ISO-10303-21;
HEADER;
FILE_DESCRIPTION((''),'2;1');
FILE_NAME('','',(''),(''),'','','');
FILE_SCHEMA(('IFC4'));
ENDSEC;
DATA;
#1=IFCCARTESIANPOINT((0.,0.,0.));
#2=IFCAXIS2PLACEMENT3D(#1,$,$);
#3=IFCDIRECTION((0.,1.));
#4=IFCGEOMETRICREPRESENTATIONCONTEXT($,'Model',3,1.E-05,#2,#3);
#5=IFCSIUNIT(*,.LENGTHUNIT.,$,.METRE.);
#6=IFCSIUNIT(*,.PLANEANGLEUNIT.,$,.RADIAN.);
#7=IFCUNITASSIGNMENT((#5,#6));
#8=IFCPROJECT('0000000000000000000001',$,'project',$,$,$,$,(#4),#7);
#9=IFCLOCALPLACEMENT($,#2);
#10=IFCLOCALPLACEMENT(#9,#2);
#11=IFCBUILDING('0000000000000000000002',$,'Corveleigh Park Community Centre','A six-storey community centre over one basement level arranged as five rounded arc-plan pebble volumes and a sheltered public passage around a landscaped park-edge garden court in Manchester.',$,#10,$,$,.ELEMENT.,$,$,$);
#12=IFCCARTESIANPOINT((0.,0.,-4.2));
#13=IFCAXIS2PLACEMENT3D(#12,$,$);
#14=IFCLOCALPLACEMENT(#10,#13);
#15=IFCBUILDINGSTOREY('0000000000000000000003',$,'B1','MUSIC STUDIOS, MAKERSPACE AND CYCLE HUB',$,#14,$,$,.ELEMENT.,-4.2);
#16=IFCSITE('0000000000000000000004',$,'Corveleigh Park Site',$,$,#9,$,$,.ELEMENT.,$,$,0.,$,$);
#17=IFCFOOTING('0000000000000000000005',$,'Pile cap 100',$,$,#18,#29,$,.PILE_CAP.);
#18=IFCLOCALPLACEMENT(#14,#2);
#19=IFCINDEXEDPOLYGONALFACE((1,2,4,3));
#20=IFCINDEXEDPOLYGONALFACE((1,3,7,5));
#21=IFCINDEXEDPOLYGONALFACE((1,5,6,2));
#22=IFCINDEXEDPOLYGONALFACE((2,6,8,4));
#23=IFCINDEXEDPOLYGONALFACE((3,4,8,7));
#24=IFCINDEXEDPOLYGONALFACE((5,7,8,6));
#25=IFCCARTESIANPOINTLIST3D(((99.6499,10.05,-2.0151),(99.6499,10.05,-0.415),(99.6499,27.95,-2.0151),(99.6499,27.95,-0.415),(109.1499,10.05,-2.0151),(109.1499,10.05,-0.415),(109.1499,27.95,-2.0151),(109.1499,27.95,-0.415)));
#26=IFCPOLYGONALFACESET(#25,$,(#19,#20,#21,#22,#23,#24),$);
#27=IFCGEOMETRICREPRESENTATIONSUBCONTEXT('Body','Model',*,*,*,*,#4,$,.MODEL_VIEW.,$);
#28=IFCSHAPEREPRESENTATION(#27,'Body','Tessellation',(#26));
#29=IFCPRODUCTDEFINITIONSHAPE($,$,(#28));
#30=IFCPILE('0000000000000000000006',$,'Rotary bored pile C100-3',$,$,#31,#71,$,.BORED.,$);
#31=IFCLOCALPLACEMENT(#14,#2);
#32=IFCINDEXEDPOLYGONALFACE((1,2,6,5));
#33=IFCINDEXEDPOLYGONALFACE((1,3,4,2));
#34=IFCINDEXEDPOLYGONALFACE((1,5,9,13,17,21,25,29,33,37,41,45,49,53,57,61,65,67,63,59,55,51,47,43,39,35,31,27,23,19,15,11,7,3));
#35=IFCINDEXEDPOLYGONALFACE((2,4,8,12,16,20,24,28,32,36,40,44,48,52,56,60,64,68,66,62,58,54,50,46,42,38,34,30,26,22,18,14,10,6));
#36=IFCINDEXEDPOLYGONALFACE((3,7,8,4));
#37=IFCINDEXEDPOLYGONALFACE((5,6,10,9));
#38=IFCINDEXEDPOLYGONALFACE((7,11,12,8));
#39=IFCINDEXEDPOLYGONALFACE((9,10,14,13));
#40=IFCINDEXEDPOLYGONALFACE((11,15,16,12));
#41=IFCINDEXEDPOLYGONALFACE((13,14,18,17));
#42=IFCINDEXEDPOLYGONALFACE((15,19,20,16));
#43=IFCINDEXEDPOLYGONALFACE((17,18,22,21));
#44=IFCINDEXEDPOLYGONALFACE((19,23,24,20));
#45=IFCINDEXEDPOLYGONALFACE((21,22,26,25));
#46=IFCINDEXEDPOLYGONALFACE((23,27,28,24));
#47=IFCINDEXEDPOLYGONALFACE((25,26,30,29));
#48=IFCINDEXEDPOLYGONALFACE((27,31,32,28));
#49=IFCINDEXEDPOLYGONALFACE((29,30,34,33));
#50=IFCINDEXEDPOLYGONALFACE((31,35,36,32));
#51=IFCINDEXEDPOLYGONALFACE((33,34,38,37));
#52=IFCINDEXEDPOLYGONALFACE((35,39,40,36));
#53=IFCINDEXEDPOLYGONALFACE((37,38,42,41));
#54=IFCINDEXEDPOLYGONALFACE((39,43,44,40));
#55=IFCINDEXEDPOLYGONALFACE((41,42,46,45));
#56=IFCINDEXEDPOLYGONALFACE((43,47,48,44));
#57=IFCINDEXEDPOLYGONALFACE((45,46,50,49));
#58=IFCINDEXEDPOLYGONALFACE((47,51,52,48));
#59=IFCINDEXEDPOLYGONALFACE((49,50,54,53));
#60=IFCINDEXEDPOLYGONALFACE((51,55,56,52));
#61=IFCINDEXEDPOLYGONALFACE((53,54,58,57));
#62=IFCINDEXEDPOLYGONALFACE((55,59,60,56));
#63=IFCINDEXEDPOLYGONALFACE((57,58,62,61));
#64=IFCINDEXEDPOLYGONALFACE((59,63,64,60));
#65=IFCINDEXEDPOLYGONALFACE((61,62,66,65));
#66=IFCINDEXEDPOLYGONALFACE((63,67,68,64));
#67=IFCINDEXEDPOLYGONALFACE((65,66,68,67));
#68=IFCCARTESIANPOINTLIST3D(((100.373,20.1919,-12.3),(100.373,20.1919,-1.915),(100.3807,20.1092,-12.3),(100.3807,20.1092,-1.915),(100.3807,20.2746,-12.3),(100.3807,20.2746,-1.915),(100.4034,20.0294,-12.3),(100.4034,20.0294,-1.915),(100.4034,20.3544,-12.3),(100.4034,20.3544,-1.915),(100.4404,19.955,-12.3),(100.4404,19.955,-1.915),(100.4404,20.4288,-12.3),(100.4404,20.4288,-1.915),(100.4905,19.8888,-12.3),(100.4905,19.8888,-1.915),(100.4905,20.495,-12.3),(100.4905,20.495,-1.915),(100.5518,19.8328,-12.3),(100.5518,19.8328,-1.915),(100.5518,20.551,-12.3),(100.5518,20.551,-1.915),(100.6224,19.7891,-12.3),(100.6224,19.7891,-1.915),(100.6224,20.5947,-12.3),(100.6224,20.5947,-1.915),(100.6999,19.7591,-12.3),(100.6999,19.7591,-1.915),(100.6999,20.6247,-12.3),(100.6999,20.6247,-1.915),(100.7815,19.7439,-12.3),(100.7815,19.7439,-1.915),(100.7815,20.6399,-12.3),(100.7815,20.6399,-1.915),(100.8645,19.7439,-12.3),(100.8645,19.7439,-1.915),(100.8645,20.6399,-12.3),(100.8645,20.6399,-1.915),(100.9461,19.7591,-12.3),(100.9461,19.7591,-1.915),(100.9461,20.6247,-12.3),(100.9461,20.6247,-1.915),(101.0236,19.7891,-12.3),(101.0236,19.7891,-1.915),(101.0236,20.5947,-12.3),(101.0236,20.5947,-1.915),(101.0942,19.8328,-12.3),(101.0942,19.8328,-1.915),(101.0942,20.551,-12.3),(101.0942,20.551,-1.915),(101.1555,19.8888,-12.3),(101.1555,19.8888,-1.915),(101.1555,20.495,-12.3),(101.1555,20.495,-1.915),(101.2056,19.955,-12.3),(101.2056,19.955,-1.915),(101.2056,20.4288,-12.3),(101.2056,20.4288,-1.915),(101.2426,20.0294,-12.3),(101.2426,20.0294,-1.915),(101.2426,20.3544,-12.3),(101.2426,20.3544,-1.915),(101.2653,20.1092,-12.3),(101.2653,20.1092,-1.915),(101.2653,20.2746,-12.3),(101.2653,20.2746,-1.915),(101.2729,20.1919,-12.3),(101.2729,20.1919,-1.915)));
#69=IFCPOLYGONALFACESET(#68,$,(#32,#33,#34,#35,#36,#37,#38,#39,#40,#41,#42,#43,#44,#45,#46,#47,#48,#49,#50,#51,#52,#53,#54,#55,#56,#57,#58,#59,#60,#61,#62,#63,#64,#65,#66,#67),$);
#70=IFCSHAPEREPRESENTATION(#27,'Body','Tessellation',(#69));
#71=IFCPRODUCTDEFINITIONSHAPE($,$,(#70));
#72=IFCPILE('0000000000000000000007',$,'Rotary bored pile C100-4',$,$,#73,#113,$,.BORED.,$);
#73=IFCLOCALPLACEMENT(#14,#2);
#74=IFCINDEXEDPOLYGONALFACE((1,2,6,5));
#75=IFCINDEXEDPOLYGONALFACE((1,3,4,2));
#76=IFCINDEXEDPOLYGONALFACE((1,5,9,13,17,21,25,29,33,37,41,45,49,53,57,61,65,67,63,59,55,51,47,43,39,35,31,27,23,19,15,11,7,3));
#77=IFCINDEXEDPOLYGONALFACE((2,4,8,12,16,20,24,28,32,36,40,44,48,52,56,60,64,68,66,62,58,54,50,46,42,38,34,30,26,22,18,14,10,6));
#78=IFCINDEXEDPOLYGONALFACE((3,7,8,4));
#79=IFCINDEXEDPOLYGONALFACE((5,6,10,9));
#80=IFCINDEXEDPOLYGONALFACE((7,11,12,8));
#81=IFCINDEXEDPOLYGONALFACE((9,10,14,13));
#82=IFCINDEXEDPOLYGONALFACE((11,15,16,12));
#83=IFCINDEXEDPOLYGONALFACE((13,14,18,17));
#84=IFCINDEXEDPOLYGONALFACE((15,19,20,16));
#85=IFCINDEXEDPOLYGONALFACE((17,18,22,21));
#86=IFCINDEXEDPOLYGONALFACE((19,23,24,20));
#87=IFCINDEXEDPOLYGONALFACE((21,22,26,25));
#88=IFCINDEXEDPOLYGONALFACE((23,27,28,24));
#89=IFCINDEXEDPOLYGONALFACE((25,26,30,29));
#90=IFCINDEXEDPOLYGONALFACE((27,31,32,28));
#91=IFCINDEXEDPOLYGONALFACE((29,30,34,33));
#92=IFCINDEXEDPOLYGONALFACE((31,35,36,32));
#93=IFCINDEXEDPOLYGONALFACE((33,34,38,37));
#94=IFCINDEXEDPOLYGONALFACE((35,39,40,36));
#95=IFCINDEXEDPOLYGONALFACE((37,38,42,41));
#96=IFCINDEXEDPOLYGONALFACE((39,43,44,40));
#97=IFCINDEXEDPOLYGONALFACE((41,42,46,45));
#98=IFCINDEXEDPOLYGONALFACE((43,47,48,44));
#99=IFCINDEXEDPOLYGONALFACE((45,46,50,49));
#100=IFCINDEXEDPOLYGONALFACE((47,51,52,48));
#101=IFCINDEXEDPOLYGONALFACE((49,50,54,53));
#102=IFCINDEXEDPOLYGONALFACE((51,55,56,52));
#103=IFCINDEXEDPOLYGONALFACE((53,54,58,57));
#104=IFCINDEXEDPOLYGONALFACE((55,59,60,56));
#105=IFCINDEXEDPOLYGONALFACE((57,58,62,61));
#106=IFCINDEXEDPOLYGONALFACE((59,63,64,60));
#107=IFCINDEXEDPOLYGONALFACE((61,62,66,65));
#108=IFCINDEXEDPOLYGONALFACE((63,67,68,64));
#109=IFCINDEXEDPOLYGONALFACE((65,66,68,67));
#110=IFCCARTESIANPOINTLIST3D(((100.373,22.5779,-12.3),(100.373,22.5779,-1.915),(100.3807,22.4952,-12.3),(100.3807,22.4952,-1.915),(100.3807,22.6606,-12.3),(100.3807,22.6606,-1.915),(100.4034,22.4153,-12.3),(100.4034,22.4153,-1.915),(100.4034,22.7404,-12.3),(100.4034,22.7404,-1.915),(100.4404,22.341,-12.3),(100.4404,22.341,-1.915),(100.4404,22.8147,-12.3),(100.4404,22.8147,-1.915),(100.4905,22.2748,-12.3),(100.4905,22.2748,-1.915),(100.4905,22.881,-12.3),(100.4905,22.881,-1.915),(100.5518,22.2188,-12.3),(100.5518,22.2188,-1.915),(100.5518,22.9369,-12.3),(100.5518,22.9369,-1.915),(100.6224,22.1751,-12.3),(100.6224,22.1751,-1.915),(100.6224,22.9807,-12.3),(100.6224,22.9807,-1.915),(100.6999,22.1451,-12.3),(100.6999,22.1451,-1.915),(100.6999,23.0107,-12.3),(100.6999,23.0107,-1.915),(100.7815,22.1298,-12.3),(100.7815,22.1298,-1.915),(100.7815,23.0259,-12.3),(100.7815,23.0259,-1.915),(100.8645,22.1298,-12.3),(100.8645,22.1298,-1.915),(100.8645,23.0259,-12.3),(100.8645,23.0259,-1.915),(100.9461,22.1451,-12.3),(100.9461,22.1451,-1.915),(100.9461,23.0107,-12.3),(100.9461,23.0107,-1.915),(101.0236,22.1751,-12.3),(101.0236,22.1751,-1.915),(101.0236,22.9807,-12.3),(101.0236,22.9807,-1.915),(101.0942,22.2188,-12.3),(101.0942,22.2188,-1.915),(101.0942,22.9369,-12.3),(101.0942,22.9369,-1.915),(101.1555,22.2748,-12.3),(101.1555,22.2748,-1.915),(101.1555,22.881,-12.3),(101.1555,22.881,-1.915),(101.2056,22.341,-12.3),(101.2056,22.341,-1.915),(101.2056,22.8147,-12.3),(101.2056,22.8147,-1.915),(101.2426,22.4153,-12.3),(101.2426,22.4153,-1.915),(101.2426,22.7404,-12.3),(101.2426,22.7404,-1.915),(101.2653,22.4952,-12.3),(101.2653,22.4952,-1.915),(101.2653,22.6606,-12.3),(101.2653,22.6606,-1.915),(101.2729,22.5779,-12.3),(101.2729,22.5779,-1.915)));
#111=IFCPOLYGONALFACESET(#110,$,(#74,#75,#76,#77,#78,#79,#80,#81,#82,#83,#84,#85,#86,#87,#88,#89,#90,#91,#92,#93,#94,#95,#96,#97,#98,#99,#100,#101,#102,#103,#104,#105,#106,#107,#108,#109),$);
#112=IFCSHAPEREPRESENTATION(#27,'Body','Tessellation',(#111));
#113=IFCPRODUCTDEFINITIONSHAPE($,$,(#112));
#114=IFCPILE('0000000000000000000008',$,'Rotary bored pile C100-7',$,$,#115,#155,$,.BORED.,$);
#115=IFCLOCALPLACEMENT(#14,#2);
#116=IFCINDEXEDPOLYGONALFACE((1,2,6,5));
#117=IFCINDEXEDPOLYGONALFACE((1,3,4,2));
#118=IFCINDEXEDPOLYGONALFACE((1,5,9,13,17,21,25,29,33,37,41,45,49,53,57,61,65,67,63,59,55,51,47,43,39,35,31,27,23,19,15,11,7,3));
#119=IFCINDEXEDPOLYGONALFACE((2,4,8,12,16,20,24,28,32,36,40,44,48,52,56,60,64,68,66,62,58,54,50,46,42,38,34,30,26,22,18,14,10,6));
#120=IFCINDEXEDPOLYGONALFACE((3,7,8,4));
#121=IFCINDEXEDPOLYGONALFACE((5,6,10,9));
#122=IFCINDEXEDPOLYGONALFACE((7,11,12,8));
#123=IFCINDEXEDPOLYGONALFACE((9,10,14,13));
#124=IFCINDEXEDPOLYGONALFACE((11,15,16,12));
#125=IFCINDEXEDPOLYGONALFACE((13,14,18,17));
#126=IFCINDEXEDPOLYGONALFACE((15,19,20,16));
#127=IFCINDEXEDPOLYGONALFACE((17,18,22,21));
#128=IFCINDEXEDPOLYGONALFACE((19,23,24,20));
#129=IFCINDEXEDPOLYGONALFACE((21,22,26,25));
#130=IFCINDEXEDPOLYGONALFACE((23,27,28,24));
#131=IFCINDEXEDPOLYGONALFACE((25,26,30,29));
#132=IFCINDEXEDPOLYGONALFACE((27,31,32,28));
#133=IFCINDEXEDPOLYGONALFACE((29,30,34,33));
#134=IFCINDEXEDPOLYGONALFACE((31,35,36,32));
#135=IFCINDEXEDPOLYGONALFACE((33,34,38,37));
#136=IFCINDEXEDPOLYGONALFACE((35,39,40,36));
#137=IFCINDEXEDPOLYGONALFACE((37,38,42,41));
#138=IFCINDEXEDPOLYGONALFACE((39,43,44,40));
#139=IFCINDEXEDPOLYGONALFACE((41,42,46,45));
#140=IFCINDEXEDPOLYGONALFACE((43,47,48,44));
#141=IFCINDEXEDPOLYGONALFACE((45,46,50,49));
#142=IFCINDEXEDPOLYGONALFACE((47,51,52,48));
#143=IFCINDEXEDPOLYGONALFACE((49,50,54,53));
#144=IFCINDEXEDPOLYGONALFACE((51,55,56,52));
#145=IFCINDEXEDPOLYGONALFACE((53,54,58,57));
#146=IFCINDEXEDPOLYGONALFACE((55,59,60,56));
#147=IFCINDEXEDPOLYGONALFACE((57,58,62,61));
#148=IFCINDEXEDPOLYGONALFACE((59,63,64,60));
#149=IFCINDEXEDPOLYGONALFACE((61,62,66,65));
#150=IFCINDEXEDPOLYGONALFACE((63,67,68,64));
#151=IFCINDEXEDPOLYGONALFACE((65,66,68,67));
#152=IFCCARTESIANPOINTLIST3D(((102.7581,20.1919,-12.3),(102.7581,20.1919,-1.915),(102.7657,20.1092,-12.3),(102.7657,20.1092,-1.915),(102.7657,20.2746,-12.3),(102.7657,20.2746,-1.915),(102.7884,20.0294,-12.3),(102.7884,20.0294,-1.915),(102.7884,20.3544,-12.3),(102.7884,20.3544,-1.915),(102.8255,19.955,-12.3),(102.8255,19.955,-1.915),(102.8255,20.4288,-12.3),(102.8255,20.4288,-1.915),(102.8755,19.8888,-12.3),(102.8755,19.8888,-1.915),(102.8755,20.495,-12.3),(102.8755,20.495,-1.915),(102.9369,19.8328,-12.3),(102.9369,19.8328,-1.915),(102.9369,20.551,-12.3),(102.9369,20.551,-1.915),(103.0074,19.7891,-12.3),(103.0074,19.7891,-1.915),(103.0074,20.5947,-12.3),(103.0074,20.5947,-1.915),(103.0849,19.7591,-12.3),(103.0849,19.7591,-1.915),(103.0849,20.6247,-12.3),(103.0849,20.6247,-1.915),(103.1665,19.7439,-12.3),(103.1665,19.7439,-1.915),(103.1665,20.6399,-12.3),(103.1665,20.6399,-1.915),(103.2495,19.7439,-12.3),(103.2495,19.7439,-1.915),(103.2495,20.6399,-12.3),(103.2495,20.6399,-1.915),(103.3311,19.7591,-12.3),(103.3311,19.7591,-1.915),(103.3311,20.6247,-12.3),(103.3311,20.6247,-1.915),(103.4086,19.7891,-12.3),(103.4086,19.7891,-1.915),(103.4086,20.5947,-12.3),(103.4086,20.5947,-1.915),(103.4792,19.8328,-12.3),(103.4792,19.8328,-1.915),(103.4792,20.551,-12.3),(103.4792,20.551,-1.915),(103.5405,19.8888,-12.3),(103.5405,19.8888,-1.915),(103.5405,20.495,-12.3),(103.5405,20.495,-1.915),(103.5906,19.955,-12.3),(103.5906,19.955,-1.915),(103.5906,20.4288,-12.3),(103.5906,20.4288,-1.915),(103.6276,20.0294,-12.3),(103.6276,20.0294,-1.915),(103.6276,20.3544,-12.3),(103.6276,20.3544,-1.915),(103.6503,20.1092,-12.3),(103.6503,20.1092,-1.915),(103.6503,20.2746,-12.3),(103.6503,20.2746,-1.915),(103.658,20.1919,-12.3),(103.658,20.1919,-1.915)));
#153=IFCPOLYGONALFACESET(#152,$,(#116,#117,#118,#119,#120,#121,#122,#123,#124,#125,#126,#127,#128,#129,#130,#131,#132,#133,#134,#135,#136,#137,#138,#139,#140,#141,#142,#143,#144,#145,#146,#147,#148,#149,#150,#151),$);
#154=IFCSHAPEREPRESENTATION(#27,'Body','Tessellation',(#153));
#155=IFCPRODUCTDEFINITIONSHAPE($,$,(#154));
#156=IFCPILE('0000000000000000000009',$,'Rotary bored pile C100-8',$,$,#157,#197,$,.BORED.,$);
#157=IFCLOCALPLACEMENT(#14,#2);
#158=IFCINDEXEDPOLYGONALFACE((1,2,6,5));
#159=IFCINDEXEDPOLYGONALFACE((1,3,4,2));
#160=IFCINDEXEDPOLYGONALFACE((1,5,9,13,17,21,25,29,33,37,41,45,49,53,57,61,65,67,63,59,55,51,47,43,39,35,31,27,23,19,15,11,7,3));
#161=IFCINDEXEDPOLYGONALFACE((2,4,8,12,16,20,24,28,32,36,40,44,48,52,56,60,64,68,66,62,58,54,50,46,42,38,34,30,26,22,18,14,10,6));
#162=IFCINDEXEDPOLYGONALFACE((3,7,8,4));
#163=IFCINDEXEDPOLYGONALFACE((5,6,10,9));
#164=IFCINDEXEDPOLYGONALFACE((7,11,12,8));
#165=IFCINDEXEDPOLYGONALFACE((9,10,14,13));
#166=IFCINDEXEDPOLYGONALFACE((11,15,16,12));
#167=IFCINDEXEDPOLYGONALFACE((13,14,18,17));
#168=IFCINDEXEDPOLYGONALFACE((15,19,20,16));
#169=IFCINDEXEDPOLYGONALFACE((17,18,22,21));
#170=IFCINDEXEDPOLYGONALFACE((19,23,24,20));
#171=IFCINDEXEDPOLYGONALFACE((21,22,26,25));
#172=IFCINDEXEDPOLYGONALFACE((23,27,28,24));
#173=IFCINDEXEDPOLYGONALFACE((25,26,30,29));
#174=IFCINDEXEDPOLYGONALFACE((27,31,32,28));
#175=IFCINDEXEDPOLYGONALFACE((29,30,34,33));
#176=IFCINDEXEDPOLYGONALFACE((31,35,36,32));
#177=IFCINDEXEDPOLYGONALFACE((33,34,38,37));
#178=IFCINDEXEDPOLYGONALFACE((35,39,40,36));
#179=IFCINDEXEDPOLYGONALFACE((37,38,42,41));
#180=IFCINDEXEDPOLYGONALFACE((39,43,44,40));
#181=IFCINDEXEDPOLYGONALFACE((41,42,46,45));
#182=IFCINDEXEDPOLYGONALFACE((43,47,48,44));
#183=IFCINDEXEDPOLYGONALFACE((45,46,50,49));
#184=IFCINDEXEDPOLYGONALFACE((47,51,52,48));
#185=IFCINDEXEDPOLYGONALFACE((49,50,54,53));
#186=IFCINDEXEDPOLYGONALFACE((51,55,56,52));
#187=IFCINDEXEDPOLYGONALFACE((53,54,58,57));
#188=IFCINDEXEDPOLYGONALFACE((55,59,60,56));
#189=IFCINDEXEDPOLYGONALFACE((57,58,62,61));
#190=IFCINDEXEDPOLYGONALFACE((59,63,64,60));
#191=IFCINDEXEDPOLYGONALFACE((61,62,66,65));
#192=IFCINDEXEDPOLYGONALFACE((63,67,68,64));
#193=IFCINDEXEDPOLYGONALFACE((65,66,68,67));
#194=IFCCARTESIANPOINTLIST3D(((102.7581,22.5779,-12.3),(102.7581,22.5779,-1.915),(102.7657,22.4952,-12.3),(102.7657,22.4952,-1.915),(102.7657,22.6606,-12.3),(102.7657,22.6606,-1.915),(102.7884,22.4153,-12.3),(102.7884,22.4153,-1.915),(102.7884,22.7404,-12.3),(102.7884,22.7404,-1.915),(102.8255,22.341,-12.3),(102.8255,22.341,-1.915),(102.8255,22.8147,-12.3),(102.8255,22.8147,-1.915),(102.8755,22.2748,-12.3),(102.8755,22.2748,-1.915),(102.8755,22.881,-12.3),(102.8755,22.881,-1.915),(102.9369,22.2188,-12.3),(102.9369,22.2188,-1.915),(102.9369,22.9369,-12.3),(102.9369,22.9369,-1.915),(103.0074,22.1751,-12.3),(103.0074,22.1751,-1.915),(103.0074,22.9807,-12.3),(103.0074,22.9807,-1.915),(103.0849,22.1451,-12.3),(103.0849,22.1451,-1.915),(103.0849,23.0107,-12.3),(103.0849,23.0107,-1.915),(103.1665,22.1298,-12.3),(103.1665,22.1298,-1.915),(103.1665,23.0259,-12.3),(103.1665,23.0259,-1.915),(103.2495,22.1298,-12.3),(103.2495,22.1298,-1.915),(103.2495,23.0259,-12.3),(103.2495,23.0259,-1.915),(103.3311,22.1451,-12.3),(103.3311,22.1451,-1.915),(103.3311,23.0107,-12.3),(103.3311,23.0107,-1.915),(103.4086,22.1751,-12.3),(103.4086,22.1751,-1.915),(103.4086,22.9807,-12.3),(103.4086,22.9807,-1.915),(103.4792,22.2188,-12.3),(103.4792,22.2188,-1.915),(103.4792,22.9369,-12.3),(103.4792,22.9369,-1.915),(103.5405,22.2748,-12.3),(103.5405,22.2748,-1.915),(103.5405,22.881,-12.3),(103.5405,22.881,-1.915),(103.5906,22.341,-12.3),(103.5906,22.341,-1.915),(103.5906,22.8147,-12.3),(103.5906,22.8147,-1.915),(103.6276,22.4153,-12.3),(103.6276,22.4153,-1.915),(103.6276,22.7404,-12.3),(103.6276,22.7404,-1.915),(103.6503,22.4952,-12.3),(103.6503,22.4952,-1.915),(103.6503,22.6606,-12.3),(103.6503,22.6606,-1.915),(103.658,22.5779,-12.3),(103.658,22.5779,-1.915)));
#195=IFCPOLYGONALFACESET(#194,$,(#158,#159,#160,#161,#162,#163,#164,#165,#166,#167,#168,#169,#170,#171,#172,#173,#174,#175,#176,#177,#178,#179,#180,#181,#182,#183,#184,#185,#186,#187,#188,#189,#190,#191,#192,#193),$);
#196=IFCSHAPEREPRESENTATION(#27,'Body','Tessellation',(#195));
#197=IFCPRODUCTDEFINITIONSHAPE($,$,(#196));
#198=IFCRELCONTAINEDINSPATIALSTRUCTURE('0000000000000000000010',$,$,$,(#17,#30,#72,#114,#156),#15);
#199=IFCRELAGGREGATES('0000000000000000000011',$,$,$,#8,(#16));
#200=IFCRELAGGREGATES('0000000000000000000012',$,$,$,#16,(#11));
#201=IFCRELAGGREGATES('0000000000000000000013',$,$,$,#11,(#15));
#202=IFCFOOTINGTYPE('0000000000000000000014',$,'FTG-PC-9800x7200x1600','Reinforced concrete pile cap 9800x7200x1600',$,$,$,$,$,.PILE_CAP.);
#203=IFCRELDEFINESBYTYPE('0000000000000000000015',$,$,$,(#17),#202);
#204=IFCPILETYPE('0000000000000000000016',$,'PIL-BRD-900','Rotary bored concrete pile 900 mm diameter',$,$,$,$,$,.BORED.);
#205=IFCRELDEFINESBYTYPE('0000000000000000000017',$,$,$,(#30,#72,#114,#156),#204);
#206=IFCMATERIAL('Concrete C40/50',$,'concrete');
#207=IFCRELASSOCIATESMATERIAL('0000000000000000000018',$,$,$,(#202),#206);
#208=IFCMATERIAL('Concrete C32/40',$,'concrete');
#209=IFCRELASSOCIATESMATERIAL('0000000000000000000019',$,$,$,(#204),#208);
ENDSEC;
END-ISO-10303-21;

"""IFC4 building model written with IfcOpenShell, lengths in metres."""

from ifc_helpers import new_model, si_unit, direction, frame, origin, origin_2d, place, context, subcontext, project, spatial, rectangle, circle, extrude, material, material_profile, profile_set, type_object, element, save


model = new_model("IFC4")

# Units and contexts
model_context = context("Model", 3, precision=1e-05, world=origin(), true_north=direction((0.0, 1.0)))
body_context = subcontext(model_context, "Body", "Model", "MODEL_VIEW")
ifc_project = project(units=[si_unit("LENGTHUNIT", "METRE"), si_unit("PLANEANGLEUNIT", "RADIAN")], contexts=[model_context])

# Site, building, storey
site_placement = place(None, origin())
site = spatial("IfcSite", under=ifc_project, at=site_placement, Name="Corveleigh Park Site", CompositionType="ELEMENT", RefElevation=0.0)
building_placement = place(site_placement, origin())
building = spatial("IfcBuilding", under=site, at=building_placement, Name="Corveleigh Park Community Centre", Description="A six-storey community centre over one basement level arranged as five rounded arc-plan pebble volumes and a sheltered public passage around a landscaped park-edge garden court in Manchester.", CompositionType="ELEMENT")
storey_placement = place(building_placement, frame((0.0, 0.0, -4.2)))
storey = spatial("IfcBuildingStorey", under=building, at=storey_placement, Name="B1", Description="MUSIC STUDIOS, MAKERSPACE AND CYCLE HUB", CompositionType="ELEMENT", Elevation=-4.2)

# Footing
ifc_material_1 = material(Name="Concrete C40/50", Category="concrete")
footing_type = type_object("IfcFootingType", Name="FTG-PC-9800x7200x1600", Description="Reinforced concrete pile cap 9800x7200x1600", PredefinedType="PILE_CAP", material=ifc_material_1)
footing_placement = place(storey_placement, frame((104.3999, 19.0, -2.0151), z_axis=(0.0, 0.0, 1.0), x_axis=(1.0, 0.0, 0.0)))
element("IfcFooting", 1, at=footing_placement, inside=storey, type_object=footing_type, Name="Pile cap 100", PredefinedType="PILE_CAP", context=body_context, shape_type="SweptSolid", body=[
    extrude(rectangle(XDim=9.5, YDim=17.8999, at=origin_2d()), origin(), (0.0, 0.0, 1.0), 1.6001),
])

# Piles
ifc_material_2 = material(Name="Concrete C32/40", Category="concrete")
ifc_material_profile_1 = material_profile(ifc_material_2, circle(Radius=0.45, at=origin_2d()), Name="BORED-PILE-900", Category="concrete")
ifc_profile_set_1 = profile_set([ifc_material_profile_1], Name="Concrete C32/40")
pile_type = type_object("IfcPileType", Name="PIL-BRD-900", Description="Rotary bored concrete pile 900 mm diameter", PredefinedType="BORED", material=ifc_profile_set_1)
for number, where, z_axis, x_axis, name in (
    (2, (100.823, 20.1919, -1.915), (0.0, 0.0, -1.0), (1.0, 0.0, 0.0), "Rotary bored pile C100-3"),
    (3, (100.823, 22.5779, -1.915), (0.0, 0.0, -1.0), (1.0, 0.0, 0.0), "Rotary bored pile C100-4"),
    (4, (103.208, 20.1919, -1.915), (0.0, 0.0, -1.0), (1.0, 0.0, 0.0), "Rotary bored pile C100-7"),
    (5, (103.208, 22.5779, -1.915), (0.0, 0.0, -1.0), (1.0, 0.0, 0.0), "Rotary bored pile C100-8"),
):
    element("IfcPile", number, at=place(storey_placement, frame(where, z_axis=z_axis, x_axis=x_axis)), inside=storey, type_object=pile_type, Name=name, PredefinedType="BORED", context=body_context, shape_type="SweptSolid", body=[
        extrude(circle(Radius=0.45, at=origin_2d()), origin(), (0.0, 0.0, 1.0), 10.385),
    ])

save(model, "model.ifc")
